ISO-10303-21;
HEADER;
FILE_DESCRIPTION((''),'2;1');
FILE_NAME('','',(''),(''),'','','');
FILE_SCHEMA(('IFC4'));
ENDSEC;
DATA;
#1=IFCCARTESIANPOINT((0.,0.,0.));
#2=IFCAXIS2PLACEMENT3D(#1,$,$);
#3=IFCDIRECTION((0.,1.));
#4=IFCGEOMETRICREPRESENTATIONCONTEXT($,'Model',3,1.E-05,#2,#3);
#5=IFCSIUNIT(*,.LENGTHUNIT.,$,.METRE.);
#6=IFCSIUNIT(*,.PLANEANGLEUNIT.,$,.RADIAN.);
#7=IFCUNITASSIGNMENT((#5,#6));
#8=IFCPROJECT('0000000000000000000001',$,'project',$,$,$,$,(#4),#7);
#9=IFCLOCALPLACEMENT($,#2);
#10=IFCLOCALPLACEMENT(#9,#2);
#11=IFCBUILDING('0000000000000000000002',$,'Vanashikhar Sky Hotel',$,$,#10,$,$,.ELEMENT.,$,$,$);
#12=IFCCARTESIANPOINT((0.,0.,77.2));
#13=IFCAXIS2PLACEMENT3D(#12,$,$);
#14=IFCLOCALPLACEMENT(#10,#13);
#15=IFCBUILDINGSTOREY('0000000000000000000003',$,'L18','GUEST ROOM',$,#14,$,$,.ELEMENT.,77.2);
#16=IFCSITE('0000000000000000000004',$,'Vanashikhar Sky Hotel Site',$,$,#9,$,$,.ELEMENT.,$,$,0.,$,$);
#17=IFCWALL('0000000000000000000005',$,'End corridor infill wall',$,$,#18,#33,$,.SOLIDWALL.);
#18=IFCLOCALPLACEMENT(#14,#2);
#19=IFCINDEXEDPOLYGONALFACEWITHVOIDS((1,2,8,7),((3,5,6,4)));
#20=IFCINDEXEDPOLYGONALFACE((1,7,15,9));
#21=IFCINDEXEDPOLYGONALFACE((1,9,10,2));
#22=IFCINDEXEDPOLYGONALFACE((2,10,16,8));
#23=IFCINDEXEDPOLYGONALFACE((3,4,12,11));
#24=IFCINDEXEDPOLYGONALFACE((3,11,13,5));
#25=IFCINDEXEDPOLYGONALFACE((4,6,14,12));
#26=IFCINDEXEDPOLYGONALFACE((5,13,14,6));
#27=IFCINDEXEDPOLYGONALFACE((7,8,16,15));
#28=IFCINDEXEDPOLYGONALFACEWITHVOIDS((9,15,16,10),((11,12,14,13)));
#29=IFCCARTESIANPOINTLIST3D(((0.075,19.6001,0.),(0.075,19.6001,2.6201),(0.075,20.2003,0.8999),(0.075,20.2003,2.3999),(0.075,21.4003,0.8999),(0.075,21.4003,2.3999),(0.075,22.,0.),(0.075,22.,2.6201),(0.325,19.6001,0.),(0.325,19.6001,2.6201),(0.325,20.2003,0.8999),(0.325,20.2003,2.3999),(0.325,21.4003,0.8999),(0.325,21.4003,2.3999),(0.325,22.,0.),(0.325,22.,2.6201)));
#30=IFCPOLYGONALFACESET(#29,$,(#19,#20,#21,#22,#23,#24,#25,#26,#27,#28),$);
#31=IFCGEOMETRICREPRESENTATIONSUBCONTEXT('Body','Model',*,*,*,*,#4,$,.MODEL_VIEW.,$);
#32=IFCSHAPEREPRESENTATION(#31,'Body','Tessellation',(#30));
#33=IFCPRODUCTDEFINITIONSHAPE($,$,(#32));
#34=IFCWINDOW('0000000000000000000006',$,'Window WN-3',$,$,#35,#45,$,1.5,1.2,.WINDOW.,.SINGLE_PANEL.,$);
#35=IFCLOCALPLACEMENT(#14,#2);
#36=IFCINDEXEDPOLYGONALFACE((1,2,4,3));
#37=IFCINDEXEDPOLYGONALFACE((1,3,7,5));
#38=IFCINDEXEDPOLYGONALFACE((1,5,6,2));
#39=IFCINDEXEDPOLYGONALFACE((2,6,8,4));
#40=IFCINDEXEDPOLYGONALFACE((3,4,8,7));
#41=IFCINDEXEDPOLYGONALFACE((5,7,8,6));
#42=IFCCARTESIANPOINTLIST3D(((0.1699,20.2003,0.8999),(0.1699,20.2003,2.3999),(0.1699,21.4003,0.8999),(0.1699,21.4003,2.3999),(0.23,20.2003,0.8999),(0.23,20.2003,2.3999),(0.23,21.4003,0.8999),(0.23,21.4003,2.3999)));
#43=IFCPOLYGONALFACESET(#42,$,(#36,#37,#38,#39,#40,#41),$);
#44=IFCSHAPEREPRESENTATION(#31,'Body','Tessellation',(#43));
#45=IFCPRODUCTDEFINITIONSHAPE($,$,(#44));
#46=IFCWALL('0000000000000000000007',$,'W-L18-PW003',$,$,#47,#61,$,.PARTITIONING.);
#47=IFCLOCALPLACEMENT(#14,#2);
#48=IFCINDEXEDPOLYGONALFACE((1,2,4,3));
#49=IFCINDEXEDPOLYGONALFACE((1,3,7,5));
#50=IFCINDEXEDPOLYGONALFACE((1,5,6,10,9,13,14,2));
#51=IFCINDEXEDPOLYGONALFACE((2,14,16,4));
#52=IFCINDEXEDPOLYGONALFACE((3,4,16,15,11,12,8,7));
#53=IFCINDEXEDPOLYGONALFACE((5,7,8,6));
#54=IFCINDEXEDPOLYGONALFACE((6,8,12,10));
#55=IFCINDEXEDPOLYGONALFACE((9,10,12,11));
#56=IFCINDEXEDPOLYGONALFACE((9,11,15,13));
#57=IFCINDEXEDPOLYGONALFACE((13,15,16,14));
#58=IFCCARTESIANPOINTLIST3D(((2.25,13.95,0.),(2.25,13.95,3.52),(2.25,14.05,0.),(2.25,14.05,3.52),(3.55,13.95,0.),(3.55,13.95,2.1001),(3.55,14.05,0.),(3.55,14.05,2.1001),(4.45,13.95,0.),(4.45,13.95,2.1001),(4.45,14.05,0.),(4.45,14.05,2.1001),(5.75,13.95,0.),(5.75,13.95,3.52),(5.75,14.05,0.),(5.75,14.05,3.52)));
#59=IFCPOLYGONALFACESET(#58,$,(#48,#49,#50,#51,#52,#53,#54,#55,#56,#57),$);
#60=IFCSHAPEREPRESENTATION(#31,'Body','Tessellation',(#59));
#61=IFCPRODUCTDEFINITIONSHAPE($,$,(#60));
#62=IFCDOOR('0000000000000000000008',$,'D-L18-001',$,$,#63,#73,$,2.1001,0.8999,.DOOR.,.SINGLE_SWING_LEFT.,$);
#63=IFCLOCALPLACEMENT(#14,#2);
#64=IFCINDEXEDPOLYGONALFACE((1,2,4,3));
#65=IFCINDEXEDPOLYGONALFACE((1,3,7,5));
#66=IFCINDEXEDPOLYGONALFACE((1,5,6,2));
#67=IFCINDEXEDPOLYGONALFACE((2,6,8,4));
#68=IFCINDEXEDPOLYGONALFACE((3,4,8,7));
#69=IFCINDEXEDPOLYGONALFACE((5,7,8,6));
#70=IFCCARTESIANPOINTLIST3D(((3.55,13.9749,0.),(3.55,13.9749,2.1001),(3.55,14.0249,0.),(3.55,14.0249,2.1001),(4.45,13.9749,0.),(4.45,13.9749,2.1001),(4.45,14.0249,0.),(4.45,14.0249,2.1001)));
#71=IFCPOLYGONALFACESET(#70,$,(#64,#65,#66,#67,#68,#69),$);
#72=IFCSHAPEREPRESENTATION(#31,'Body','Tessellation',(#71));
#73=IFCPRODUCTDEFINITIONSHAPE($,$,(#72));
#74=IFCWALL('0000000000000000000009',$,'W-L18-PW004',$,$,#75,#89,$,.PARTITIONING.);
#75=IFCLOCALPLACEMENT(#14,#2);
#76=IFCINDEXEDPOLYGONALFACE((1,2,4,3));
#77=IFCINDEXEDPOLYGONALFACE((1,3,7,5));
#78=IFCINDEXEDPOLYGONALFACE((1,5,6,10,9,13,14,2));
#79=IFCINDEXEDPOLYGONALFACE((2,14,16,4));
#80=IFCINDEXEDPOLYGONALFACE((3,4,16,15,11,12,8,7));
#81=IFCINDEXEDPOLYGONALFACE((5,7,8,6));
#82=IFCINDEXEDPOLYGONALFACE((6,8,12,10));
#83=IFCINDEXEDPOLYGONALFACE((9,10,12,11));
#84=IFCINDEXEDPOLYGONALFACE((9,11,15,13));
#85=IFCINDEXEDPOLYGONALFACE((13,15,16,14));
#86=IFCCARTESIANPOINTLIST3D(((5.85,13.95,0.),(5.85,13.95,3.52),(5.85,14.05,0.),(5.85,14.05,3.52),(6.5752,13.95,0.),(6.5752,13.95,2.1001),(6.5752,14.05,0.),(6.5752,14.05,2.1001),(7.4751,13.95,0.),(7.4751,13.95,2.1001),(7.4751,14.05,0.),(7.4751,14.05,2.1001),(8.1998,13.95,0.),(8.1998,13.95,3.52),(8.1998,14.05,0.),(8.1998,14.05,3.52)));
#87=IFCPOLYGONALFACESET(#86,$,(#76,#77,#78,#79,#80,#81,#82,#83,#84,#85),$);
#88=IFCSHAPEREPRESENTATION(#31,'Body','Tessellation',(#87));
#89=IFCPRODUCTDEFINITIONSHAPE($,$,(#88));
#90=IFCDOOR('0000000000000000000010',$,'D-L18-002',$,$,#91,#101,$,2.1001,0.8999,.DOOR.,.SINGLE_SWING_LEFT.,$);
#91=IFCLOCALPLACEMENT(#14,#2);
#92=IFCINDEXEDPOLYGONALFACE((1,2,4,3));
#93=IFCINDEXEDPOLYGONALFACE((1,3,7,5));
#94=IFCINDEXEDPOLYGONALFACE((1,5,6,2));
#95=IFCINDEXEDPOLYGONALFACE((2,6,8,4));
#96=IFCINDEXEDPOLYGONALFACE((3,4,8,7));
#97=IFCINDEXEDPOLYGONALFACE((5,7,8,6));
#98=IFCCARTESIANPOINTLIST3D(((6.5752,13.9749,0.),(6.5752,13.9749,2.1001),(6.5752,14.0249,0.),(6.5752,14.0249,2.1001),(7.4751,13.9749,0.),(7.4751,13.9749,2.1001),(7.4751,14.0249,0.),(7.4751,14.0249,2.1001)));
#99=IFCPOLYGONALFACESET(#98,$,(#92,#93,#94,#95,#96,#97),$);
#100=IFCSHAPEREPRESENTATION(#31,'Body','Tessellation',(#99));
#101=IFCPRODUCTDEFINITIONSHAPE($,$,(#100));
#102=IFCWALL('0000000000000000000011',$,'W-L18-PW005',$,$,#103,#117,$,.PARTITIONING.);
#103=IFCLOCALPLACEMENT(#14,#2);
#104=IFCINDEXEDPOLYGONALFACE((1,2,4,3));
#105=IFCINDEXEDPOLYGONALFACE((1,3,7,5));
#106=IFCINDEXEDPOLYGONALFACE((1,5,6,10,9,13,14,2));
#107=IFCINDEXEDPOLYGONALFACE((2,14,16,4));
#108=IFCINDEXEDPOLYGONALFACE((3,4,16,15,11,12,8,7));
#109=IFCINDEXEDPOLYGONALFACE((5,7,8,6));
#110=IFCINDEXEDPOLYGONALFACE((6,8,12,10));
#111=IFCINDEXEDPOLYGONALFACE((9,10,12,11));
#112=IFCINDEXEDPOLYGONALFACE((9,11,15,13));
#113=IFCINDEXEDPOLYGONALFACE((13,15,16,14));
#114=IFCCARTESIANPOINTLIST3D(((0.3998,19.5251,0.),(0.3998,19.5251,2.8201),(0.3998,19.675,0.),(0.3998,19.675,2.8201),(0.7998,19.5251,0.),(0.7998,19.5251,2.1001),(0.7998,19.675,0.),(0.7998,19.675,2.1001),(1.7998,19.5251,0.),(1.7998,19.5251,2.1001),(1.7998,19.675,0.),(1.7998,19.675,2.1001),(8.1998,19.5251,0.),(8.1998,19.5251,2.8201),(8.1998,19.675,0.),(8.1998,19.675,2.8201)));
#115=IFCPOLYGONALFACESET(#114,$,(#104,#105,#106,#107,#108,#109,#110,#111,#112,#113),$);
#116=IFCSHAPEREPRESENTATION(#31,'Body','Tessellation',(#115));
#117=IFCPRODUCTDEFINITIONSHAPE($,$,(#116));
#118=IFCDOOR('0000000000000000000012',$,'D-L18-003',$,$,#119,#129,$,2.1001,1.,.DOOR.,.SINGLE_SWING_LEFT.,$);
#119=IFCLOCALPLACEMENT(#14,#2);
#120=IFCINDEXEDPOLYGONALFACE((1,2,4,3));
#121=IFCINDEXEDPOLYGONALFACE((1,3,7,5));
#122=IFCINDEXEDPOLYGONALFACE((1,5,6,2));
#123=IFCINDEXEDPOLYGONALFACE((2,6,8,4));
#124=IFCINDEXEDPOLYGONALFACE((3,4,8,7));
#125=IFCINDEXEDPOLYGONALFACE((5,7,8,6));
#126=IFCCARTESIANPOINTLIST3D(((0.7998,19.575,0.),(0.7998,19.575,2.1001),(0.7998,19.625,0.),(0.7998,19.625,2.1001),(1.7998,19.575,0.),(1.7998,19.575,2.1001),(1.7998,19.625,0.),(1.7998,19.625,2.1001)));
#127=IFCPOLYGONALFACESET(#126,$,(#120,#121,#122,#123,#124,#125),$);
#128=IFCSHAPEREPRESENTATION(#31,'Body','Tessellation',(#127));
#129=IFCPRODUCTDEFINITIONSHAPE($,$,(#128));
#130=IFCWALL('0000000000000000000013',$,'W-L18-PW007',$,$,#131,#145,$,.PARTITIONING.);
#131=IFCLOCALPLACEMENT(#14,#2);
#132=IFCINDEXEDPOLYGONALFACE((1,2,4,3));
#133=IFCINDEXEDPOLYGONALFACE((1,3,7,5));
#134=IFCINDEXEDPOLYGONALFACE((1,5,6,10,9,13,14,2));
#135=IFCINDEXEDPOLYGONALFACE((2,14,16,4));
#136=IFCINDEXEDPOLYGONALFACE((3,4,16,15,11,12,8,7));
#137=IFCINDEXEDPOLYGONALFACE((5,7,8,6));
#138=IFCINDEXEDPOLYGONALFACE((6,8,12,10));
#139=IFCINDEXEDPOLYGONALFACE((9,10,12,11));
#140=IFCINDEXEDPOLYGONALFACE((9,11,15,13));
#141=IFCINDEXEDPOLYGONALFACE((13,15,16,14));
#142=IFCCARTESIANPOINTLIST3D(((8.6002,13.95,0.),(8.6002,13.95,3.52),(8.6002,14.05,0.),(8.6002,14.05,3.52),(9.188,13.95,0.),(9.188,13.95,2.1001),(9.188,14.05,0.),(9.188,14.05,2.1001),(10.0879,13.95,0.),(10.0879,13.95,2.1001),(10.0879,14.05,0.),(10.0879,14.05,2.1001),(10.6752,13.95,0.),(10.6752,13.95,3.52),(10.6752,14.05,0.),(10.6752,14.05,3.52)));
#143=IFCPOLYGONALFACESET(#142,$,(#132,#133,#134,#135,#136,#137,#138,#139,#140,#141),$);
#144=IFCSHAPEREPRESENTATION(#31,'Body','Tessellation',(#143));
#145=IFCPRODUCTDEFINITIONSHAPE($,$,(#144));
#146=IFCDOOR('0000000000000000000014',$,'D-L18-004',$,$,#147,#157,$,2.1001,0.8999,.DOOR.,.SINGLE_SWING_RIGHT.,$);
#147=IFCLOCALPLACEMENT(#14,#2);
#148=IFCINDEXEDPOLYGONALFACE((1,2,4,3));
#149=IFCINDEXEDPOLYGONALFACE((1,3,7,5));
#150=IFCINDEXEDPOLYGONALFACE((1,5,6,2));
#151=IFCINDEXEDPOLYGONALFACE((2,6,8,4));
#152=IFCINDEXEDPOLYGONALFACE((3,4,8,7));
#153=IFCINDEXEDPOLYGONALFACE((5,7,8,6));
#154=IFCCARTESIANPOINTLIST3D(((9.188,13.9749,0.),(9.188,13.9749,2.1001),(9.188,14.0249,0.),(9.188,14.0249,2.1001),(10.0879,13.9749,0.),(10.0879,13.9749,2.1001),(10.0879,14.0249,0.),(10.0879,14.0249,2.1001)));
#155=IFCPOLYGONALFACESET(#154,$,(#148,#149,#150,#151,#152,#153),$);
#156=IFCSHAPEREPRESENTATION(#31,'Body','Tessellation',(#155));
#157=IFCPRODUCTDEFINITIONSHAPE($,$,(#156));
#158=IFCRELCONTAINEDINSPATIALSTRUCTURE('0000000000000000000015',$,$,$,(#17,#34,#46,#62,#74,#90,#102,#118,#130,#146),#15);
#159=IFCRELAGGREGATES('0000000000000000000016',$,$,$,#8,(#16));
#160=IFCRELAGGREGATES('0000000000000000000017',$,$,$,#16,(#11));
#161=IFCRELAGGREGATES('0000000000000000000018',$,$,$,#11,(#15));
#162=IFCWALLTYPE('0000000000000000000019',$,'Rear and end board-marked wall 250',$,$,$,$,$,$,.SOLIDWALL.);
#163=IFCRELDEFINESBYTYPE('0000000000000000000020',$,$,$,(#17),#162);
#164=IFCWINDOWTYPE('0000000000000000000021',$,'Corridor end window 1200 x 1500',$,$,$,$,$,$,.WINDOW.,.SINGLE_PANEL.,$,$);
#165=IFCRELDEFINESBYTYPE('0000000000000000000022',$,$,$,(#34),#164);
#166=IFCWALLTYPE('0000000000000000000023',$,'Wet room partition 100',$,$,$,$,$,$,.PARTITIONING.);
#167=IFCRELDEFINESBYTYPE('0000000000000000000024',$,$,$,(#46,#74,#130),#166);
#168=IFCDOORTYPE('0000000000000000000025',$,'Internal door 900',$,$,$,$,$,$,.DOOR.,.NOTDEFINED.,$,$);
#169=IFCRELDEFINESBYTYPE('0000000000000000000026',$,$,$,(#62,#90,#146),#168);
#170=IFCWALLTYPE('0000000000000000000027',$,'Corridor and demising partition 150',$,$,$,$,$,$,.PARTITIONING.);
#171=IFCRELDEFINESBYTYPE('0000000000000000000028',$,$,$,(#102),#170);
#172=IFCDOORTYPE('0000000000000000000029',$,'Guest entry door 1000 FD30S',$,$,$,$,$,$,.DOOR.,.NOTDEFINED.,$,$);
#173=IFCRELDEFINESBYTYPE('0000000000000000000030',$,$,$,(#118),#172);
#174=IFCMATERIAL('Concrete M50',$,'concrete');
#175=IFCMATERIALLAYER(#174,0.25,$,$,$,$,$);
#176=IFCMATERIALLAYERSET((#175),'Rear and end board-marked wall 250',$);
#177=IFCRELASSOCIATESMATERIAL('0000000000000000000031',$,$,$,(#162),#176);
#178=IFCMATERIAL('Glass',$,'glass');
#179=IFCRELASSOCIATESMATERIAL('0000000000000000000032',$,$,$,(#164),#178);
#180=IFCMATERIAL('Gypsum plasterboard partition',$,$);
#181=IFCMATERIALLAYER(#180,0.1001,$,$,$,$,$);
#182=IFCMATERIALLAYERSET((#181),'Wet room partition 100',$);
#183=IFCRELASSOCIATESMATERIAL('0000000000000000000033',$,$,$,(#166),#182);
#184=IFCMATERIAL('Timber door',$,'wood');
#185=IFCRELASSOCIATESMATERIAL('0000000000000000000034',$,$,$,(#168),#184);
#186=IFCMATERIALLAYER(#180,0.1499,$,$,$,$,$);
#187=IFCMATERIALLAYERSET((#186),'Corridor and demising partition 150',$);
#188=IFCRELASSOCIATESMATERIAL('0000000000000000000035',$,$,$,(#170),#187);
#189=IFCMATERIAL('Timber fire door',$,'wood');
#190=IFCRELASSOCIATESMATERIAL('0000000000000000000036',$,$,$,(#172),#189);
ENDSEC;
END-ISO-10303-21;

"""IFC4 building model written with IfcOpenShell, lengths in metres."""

from ifc_helpers import new_model, si_unit, direction, frame, frame_2d, origin, place, context, subcontext, project, spatial, rectangle, extrude, source, transform, mapped, material, layer, layer_set, type_object, element, fill, save


model = new_model("IFC4")

# Units and contexts
model_context = context("Model", 3, precision=1e-05, world=origin(), true_north=direction((0.0, 1.0)))
body_context = subcontext(model_context, "Body", "Model", "MODEL_VIEW")
ifc_project = project(units=[si_unit("LENGTHUNIT", "METRE"), si_unit("PLANEANGLEUNIT", "RADIAN")], contexts=[model_context])

# Site, building, storey
site_placement = place(None, origin())
site = spatial("IfcSite", under=ifc_project, at=site_placement, Name="Vanashikhar Sky Hotel Site", CompositionType="ELEMENT", RefElevation=0.0)
building_placement = place(site_placement, origin())
building = spatial("IfcBuilding", under=site, at=building_placement, Name="Vanashikhar Sky Hotel", CompositionType="ELEMENT")
storey_placement = place(building_placement, frame((0.0, 0.0, 77.2)))
storey = spatial("IfcBuildingStorey", under=building, at=storey_placement, Name="L18", Description="GUEST ROOM", CompositionType="ELEMENT", Elevation=77.2)

# Shared definitions
ifc_material_1 = material(Name="Concrete M50", Category="concrete")

# Shared definitions
ifc_material_2 = material(Name="Glass", Category="glass")

# Wall, opening, window
ifc_layer_1 = layer(ifc_material_1, 0.25)
ifc_layer_set_1 = layer_set([ifc_layer_1], Name="Rear and end board-marked wall 250")
wall_type_1 = type_object("IfcWallType", Name="Rear and end board-marked wall 250", PredefinedType="SOLIDWALL", material=ifc_layer_set_1)
shared_shape_1 = source(origin(), body_context, "Body", "SweptSolid", [
    extrude(rectangle(XDim=2.3999, YDim=0.25, at=frame_2d((1.2, 0.0))), origin(), (0.0, 0.0, 1.0), 2.6201),
])
wall_1_placement = place(storey_placement, frame((0.2, 19.6001, 0.0), z_axis=(0.0, 0.0, 1.0), x_axis=(0.0, 1.0, 0.0)))
wall_1 = element("IfcWall", 1, at=wall_1_placement, inside=storey, type_object=wall_type_1, Name="End corridor infill wall", PredefinedType="SOLIDWALL", context=body_context, shape_type="MappedRepresentation", body=[
    mapped(shared_shape_1, transform((0.0, 0.0, 0.0), scale=1.0)),
])
shared_shape_2 = source(origin(), body_context, "Body", "SweptSolid", [
    extrude(rectangle(XDim=1.2, YDim=1.5, at=frame_2d((0.6001, 0.75))), frame((0.0, 0.135, 0.0), z_axis=(0.0, -1.0, 0.0), x_axis=(1.0, 0.0, 0.0)), (0.0, 0.0, 1.0), 0.27),
])
opening_1_placement = place(wall_1_placement, frame((0.6001, 0.0, 0.8999)))
opening_1 = element("IfcOpeningElement", 2, at=opening_1_placement, cuts=wall_1, PredefinedType="OPENING", context=body_context, shape_type="MappedRepresentation", body=[
    mapped(shared_shape_2, transform((0.0, 0.0, 0.0), scale=1.0)),
])
window_type_1 = type_object("IfcWindowType", Name="Corridor end window 1200 x 1500", PartitioningType="SINGLE_PANEL", PredefinedType="WINDOW", material=ifc_material_2)
shared_shape_3 = source(origin(), body_context, "Body", "SweptSolid", [
    extrude(rectangle(XDim=1.2, YDim=1.5, at=frame_2d((0.6001, 0.75))), frame((0.0, 0.03, 0.0), z_axis=(0.0, -1.0, 0.0), x_axis=(1.0, 0.0, 0.0)), (0.0, 0.0, 1.0), 0.0601),
])
window_1_placement = place(opening_1_placement, origin())
window_1 = element("IfcWindow", 3, at=window_1_placement, inside=storey, type_object=window_type_1, Name="Window WN-3", OverallHeight=1.5, OverallWidth=1.2, PartitioningType="SINGLE_PANEL", PredefinedType="WINDOW", context=body_context, shape_type="MappedRepresentation", body=[
    mapped(shared_shape_3, transform((0.0, 0.0, 0.0), scale=1.0)),
])
fill(opening_1, window_1)

# Walls, openings, doors
ifc_material_3 = material(Name="Gypsum plasterboard partition")
ifc_layer_2 = layer(ifc_material_3, 0.1001)
ifc_layer_set_2 = layer_set([ifc_layer_2], Name="Wet room partition 100")
wall_type_2 = type_object("IfcWallType", Name="Wet room partition 100", PredefinedType="PARTITIONING", material=ifc_layer_set_2)
shared_shape_4 = source(origin(), body_context, "Body", "SweptSolid", [
    extrude(rectangle(XDim=3.5, YDim=0.1001, at=frame_2d((1.75, 0.0))), origin(), (0.0, 0.0, 1.0), 3.52),
])
wall_2_placement = place(storey_placement, frame((2.25, 14.0, 0.0), z_axis=(0.0, 0.0, 1.0), x_axis=(1.0, 0.0, 0.0)))
wall_2 = element("IfcWall", 4, at=wall_2_placement, inside=storey, type_object=wall_type_2, Name="W-L18-PW003", PredefinedType="PARTITIONING", context=body_context, shape_type="MappedRepresentation", body=[
    mapped(shared_shape_4, transform((0.0, 0.0, 0.0), scale=1.0)),
])
shared_shape_5 = source(origin(), body_context, "Body", "SweptSolid", [
    extrude(rectangle(XDim=0.8999, YDim=2.1001, at=frame_2d((0.45, 1.05))), frame((0.0, 0.0601, 0.0), z_axis=(0.0, -1.0, 0.0), x_axis=(1.0, 0.0, 0.0)), (0.0, 0.0, 1.0), 0.1201),
])
opening_2_placement = place(wall_2_placement, frame((1.3, 0.0, 0.0)))
opening_2 = element("IfcOpeningElement", 5, at=opening_2_placement, cuts=wall_2, PredefinedType="OPENING", context=body_context, shape_type="MappedRepresentation", body=[
    mapped(shared_shape_5, transform((0.0, 0.0, 0.0), scale=1.0)),
])
ifc_material_4 = material(Name="Timber door", Category="wood")
door_type_1 = type_object("IfcDoorType", Name="Internal door 900", OperationType="NOTDEFINED", PredefinedType="DOOR", material=ifc_material_4)
shared_shape_6 = source(origin(), body_context, "Body", "SweptSolid", [
    extrude(rectangle(XDim=0.8999, YDim=2.1001, at=frame_2d((0.45, 1.05))), frame((0.0, 0.0249, 0.0), z_axis=(0.0, -1.0, 0.0), x_axis=(1.0, 0.0, 0.0)), (0.0, 0.0, 1.0), 0.05),
])
door_1_placement = place(opening_2_placement, origin())
door_1 = element("IfcDoor", 6, at=door_1_placement, inside=storey, type_object=door_type_1, Name="D-L18-001", OperationType="SINGLE_SWING_LEFT", OverallHeight=2.1001, OverallWidth=0.8999, PredefinedType="DOOR", context=body_context, shape_type="MappedRepresentation", body=[
    mapped(shared_shape_6, transform((0.0, 0.0, 0.0), scale=1.0)),
])
fill(opening_2, door_1)
shared_shape_7 = source(origin(), body_context, "Body", "SweptSolid", [
    extrude(rectangle(XDim=2.3499, YDim=0.1001, at=frame_2d((1.1748, 0.0))), origin(), (0.0, 0.0, 1.0), 3.52),
])
wall_3_placement = place(storey_placement, frame((5.8501, 14.0, 0.0), z_axis=(0.0, 0.0, 1.0), x_axis=(1.0, 0.0, 0.0)))
wall_3 = element("IfcWall", 7, at=wall_3_placement, inside=storey, type_object=wall_type_2, Name="W-L18-PW004", PredefinedType="PARTITIONING", context=body_context, shape_type="MappedRepresentation", body=[
    mapped(shared_shape_7, transform((0.0, 0.0, 0.0), scale=1.0)),
])
opening_3_placement = place(wall_3_placement, frame((0.7251, 0.0, 0.0)))
opening_3 = element("IfcOpeningElement", 8, at=opening_3_placement, cuts=wall_3, PredefinedType="OPENING", context=body_context, shape_type="MappedRepresentation", body=[
    mapped(shared_shape_5, transform((0.0, 0.0, 0.0), scale=1.0)),
])
door_2_placement = place(opening_3_placement, origin())
door_2 = element("IfcDoor", 9, at=door_2_placement, inside=storey, type_object=door_type_1, Name="D-L18-002", OperationType="SINGLE_SWING_LEFT", OverallHeight=2.1001, OverallWidth=0.8999, PredefinedType="DOOR", context=body_context, shape_type="MappedRepresentation", body=[
    mapped(shared_shape_6, transform((0.0, 0.0, 0.0), scale=1.0)),
])
fill(opening_3, door_2)
ifc_layer_3 = layer(ifc_material_3, 0.1499)
ifc_layer_set_3 = layer_set([ifc_layer_3], Name="Corridor and demising partition 150")
wall_type_3 = type_object("IfcWallType", Name="Corridor and demising partition 150", PredefinedType="PARTITIONING", material=ifc_layer_set_3)
shared_shape_8 = source(origin(), body_context, "Body", "SweptSolid", [
    extrude(rectangle(XDim=7.8, YDim=0.1499, at=frame_2d((3.8999, 0.0))), origin(), (0.0, 0.0, 1.0), 2.8201),
])
wall_4_placement = place(storey_placement, frame((0.3999, 19.6001, 0.0), z_axis=(0.0, 0.0, 1.0), x_axis=(1.0, 0.0, 0.0)))
wall_4 = element("IfcWall", 10, at=wall_4_placement, inside=storey, type_object=wall_type_3, Name="W-L18-PW005", PredefinedType="PARTITIONING", context=body_context, shape_type="MappedRepresentation", body=[
    mapped(shared_shape_8, transform((0.0, 0.0, 0.0), scale=1.0)),
])
shared_shape_9 = source(origin(), body_context, "Body", "SweptSolid", [
    extrude(rectangle(XDim=1.0, YDim=2.1001, at=frame_2d((0.5, 1.05))), frame((0.0, 0.085, 0.0), z_axis=(0.0, -1.0, 0.0), x_axis=(1.0, 0.0, 0.0)), (0.0, 0.0, 1.0), 0.1699),
])
opening_4_placement = place(wall_4_placement, frame((0.3999, 0.0, 0.0)))
opening_4 = element("IfcOpeningElement", 11, at=opening_4_placement, cuts=wall_4, PredefinedType="OPENING", context=body_context, shape_type="MappedRepresentation", body=[
    mapped(shared_shape_9, transform((0.0, 0.0, 0.0), scale=1.0)),
])
ifc_material_5 = material(Name="Timber fire door", Category="wood")
door_type_2 = type_object("IfcDoorType", Name="Guest entry door 1000 FD30S", OperationType="NOTDEFINED", PredefinedType="DOOR", material=ifc_material_5)
shared_shape_10 = source(origin(), body_context, "Body", "SweptSolid", [
    extrude(rectangle(XDim=1.0, YDim=2.1001, at=frame_2d((0.5, 1.05))), frame((0.0, 0.0249, 0.0), z_axis=(0.0, -1.0, 0.0), x_axis=(1.0, 0.0, 0.0)), (0.0, 0.0, 1.0), 0.05),
])
door_3_placement = place(opening_4_placement, origin())
door_3 = element("IfcDoor", 12, at=door_3_placement, inside=storey, type_object=door_type_2, Name="D-L18-003", OperationType="SINGLE_SWING_LEFT", OverallHeight=2.1001, OverallWidth=1.0, PredefinedType="DOOR", context=body_context, shape_type="MappedRepresentation", body=[
    mapped(shared_shape_10, transform((0.0, 0.0, 0.0), scale=1.0)),
])
fill(opening_4, door_3)
shared_shape_11 = source(origin(), body_context, "Body", "SweptSolid", [
    extrude(rectangle(XDim=2.075, YDim=0.1001, at=frame_2d((1.0376, 0.0))), origin(), (0.0, 0.0, 1.0), 3.52),
])
wall_5_placement = place(storey_placement, frame((8.6001, 14.0, 0.0), z_axis=(0.0, 0.0, 1.0), x_axis=(1.0, 0.0, 0.0)))
wall_5 = element("IfcWall", 13, at=wall_5_placement, inside=storey, type_object=wall_type_2, Name="W-L18-PW007", PredefinedType="PARTITIONING", context=body_context, shape_type="MappedRepresentation", body=[
    mapped(shared_shape_11, transform((0.0, 0.0, 0.0), scale=1.0)),
])
opening_5_placement = place(wall_5_placement, frame((0.5879, 0.0, 0.0)))
opening_5 = element("IfcOpeningElement", 14, at=opening_5_placement, cuts=wall_5, PredefinedType="OPENING", context=body_context, shape_type="MappedRepresentation", body=[
    mapped(shared_shape_5, transform((0.0, 0.0, 0.0), scale=1.0)),
])
door_4_placement = place(opening_5_placement, origin())
door_4 = element("IfcDoor", 15, at=door_4_placement, inside=storey, type_object=door_type_1, Name="D-L18-004", OperationType="SINGLE_SWING_RIGHT", OverallHeight=2.1001, OverallWidth=0.8999, PredefinedType="DOOR", context=body_context, shape_type="MappedRepresentation", body=[
    mapped(shared_shape_6, transform((0.0, 0.0, 0.0), scale=1.0)),
])
fill(opening_5, door_4)

save(model, "model.ifc")
